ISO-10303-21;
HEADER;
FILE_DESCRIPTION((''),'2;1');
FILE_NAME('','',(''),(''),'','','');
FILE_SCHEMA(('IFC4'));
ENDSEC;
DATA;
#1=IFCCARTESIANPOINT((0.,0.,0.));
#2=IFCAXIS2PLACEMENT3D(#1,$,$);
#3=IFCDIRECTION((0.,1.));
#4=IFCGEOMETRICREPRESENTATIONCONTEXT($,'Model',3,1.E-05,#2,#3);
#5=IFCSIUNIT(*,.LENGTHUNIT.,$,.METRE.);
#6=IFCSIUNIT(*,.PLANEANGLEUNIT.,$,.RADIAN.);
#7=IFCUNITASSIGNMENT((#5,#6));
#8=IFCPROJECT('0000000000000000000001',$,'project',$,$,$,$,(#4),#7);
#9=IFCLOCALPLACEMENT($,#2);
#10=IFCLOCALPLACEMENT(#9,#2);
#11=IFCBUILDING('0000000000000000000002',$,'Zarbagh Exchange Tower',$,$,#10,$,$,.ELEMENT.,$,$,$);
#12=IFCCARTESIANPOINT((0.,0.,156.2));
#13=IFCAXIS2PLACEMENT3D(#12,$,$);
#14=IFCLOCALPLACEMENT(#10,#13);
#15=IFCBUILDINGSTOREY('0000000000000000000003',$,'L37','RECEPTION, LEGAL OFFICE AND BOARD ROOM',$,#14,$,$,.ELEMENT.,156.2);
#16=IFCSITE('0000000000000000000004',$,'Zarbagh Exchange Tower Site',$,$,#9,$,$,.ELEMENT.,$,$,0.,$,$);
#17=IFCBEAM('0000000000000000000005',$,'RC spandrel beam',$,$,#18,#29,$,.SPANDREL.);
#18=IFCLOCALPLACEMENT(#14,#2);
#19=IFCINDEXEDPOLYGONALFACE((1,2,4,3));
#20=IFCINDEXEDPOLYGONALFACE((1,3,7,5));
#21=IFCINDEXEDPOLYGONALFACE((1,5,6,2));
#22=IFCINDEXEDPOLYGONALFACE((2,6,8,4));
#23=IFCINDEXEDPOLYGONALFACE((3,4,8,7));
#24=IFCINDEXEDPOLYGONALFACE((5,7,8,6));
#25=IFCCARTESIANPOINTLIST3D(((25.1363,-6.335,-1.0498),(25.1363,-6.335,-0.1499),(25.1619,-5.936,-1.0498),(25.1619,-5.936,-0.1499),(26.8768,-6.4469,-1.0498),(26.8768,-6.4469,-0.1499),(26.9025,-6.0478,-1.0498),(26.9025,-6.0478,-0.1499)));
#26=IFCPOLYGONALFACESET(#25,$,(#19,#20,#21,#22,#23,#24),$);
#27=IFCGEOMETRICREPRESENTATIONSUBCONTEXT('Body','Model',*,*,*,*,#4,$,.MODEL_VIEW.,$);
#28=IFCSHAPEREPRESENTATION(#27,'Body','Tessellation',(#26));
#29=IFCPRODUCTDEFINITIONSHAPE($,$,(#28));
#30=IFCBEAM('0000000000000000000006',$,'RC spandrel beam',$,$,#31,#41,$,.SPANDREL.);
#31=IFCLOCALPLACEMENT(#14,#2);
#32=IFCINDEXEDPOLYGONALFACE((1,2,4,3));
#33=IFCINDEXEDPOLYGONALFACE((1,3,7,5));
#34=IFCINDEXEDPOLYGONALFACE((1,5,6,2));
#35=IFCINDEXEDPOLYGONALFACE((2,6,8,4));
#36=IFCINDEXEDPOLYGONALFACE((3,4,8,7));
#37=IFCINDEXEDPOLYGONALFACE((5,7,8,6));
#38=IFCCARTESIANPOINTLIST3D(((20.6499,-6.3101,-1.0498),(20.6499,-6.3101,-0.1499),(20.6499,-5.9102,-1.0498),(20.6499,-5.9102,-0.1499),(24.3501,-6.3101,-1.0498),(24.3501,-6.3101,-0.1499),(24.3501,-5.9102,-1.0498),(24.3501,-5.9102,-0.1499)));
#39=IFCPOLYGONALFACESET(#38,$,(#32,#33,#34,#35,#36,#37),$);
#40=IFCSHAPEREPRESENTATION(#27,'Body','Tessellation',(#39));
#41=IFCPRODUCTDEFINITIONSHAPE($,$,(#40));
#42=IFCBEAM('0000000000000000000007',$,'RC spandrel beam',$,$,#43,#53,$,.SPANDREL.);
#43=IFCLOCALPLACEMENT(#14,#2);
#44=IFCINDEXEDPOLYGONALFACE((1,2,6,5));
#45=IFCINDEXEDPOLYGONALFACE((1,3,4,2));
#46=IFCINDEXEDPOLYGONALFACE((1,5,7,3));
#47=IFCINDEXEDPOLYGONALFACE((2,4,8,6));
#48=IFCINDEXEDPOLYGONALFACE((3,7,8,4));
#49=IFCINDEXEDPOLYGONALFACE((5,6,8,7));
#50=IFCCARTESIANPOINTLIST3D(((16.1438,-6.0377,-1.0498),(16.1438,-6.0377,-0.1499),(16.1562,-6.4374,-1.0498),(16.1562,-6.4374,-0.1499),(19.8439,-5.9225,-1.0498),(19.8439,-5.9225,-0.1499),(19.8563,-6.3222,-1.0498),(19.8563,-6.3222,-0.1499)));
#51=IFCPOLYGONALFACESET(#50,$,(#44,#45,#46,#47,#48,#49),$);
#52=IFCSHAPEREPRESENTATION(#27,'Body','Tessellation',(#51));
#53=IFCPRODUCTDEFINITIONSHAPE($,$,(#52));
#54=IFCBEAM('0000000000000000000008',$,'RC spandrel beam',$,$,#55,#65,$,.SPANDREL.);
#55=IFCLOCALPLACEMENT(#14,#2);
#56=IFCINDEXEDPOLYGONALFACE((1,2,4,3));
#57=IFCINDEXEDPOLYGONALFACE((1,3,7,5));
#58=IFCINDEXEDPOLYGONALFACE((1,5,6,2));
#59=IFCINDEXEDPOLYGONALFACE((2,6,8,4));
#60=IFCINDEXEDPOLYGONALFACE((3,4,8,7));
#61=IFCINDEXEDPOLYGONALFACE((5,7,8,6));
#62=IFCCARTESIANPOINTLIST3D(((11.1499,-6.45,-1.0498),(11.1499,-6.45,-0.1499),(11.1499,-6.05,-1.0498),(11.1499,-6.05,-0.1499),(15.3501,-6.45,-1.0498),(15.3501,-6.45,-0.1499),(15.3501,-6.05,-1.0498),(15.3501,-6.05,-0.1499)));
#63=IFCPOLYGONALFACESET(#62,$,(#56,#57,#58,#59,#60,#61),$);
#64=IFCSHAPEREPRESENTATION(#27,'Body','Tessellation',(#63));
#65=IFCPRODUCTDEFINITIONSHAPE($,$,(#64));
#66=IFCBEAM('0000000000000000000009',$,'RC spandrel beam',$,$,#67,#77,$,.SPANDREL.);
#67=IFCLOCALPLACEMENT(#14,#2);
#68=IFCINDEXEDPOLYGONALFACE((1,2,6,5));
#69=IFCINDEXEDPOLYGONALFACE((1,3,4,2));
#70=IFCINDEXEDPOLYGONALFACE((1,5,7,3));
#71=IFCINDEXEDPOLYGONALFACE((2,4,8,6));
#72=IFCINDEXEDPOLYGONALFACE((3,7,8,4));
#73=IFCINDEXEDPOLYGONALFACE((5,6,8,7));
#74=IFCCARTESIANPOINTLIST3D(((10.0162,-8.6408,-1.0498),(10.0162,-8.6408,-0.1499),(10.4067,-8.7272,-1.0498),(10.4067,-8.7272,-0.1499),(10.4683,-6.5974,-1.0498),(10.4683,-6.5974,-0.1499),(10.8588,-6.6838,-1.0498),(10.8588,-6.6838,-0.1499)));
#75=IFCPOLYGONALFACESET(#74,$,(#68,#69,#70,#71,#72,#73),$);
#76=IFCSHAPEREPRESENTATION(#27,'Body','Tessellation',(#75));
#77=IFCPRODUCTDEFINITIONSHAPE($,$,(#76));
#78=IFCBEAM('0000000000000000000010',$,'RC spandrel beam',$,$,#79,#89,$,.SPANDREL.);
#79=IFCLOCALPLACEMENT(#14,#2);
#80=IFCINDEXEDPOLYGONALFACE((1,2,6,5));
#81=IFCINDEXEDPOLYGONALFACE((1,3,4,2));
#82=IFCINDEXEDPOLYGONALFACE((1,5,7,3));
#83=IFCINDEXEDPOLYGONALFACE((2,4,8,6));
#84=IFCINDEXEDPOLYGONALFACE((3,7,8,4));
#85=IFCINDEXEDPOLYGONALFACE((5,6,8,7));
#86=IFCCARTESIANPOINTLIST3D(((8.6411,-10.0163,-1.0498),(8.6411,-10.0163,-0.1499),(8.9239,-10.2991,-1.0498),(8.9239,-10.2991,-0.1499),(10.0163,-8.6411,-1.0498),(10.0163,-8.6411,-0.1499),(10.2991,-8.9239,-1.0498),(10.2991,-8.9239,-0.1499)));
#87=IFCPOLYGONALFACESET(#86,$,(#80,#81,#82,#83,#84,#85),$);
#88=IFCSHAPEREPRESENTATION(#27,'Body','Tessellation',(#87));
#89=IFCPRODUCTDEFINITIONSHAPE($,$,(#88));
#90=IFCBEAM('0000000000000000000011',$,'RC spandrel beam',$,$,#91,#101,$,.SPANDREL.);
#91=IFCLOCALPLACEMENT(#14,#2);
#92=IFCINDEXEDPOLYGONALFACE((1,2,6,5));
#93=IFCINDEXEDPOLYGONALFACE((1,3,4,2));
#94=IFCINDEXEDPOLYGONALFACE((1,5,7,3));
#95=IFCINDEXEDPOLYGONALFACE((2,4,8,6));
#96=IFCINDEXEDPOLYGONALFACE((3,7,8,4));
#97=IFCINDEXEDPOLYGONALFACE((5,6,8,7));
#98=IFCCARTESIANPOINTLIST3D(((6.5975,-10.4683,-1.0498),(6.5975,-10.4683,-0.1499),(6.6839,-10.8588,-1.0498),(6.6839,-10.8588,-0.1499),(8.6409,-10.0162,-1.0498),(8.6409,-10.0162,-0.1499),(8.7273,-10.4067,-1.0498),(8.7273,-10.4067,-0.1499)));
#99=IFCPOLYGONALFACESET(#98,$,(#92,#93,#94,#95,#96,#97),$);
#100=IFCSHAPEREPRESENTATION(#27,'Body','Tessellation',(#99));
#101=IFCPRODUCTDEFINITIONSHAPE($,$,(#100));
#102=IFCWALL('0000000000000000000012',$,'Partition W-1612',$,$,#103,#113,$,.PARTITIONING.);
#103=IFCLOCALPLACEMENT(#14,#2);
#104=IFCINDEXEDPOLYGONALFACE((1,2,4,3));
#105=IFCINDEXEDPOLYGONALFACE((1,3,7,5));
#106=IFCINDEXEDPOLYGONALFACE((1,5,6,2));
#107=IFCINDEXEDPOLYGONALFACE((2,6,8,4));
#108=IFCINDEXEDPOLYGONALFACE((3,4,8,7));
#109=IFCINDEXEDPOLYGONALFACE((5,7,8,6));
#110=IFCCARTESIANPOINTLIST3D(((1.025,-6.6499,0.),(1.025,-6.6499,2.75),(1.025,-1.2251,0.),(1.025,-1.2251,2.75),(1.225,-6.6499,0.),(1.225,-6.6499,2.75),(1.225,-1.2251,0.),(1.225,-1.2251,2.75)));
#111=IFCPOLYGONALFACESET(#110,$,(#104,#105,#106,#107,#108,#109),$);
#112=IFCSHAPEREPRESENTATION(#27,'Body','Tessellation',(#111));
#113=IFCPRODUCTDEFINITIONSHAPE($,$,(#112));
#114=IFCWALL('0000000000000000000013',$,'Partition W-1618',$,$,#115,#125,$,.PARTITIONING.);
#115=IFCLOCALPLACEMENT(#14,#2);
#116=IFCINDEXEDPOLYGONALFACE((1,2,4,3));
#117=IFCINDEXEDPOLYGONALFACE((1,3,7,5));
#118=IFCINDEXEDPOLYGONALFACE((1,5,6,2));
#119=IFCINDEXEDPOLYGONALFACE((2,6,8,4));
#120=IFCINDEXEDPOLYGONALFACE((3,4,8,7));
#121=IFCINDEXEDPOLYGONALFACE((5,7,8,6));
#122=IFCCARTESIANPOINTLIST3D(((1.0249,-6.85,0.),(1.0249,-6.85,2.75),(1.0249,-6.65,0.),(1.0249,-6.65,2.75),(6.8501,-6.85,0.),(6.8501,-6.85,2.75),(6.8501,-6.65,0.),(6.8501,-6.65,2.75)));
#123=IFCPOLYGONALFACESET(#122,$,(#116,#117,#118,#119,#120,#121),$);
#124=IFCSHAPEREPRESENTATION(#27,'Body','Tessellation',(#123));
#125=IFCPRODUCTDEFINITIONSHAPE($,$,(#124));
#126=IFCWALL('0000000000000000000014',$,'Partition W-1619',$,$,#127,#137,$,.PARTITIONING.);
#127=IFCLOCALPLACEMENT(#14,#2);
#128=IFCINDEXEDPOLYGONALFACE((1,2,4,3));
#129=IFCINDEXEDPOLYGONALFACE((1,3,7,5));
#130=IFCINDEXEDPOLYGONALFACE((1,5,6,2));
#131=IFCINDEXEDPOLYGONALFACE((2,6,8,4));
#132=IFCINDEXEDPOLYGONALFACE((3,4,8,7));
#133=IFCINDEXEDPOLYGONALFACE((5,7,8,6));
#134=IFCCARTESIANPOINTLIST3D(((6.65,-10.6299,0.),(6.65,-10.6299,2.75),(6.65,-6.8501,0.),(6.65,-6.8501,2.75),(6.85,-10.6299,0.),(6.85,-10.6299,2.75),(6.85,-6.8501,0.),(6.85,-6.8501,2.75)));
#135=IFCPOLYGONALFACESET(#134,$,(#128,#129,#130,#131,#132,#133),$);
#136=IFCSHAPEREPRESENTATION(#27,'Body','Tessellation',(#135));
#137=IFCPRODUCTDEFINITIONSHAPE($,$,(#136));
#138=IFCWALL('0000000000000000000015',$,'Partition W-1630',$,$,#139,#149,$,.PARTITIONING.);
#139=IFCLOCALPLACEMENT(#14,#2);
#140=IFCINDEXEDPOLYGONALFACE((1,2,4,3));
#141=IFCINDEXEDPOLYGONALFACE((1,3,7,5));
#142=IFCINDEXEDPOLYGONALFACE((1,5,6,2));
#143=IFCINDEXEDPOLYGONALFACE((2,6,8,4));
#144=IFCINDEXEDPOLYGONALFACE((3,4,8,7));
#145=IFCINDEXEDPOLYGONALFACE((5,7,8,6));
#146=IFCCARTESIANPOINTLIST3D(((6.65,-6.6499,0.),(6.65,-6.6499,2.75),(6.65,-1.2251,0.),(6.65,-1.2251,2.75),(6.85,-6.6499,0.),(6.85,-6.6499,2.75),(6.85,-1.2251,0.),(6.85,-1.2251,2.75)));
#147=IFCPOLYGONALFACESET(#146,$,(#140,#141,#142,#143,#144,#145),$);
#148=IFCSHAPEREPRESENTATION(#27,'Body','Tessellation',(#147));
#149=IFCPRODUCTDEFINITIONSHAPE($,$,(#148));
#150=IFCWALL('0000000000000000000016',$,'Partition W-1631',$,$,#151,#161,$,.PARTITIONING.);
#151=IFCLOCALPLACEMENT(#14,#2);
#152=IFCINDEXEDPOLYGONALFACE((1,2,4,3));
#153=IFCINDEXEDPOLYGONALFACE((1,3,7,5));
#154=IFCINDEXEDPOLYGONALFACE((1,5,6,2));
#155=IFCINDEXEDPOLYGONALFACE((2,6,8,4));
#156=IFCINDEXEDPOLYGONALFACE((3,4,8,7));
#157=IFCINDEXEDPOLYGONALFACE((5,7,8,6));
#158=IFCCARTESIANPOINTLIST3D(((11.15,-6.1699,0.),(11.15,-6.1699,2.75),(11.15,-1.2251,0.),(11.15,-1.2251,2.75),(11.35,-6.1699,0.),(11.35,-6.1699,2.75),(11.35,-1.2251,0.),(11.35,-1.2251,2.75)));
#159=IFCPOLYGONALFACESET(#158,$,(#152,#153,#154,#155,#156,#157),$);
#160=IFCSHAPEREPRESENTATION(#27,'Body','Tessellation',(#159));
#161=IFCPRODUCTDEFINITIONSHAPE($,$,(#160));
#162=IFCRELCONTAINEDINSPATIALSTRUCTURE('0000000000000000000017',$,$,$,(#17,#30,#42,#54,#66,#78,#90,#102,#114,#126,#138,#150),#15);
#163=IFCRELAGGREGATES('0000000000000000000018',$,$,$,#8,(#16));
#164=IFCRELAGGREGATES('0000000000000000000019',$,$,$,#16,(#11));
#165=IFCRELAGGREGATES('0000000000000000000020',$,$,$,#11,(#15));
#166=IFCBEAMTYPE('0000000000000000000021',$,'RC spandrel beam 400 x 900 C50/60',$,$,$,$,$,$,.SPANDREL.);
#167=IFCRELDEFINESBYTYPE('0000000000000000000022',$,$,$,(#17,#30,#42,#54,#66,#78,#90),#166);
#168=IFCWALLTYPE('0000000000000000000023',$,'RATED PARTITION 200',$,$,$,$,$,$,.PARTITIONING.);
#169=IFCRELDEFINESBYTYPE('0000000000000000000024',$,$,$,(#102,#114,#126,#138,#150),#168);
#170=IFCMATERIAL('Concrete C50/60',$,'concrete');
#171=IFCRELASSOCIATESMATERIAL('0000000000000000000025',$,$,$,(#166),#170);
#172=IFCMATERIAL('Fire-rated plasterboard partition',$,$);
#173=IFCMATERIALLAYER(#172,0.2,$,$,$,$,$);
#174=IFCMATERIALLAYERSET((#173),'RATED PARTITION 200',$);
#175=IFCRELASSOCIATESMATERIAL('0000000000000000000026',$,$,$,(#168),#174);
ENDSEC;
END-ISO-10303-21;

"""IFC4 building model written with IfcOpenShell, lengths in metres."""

from ifc_helpers import new_model, si_unit, direction, frame, frame_2d, origin, origin_2d, place, context, subcontext, project, spatial, rectangle, extrude, material, layer, layer_set, material_profile, profile_set, type_object, element, save


model = new_model("IFC4")

# Units and contexts
model_context = context("Model", 3, precision=1e-05, world=origin(), true_north=direction((0.0, 1.0)))
body_context = subcontext(model_context, "Body", "Model", "MODEL_VIEW")
ifc_project = project(units=[si_unit("LENGTHUNIT", "METRE"), si_unit("PLANEANGLEUNIT", "RADIAN")], contexts=[model_context])

# Site, building, storey
site_placement = place(None, origin())
site = spatial("IfcSite", under=ifc_project, at=site_placement, Name="Zarbagh Exchange Tower Site", CompositionType="ELEMENT", RefElevation=0.0)
building_placement = place(site_placement, origin())
building = spatial("IfcBuilding", under=site, at=building_placement, Name="Zarbagh Exchange Tower", CompositionType="ELEMENT")
storey_placement = place(building_placement, frame((0.0, 0.0, 156.2)))
storey = spatial("IfcBuildingStorey", under=building, at=storey_placement, Name="L37", Description="RECEPTION, LEGAL OFFICE AND BOARD ROOM", CompositionType="ELEMENT", Elevation=156.2)

# Shared definitions
ifc_material_1 = material(Name="Concrete C50/60", Category="concrete")

# Beams
ifc_material_profile_1 = material_profile(ifc_material_1, rectangle(XDim=0.3999, YDim=0.8999, at=origin_2d()), Name="RC spandrel beam 400 x 900 C50/60")
ifc_profile_set_1 = profile_set([ifc_material_profile_1], Name="Concrete C50/60")
beam_type_1 = type_object("IfcBeamType", Name="RC spandrel beam 400 x 900 C50/60", PredefinedType="SPANDREL", material=ifc_profile_set_1)
beam_1_placement = place(storey_placement, frame((26.8896, -6.2473, -0.5999), z_axis=(-0.997943, 0.064112, 0.0), x_axis=(-0.064112, -0.997943, 0.0)))
element("IfcBeam", 1, at=beam_1_placement, inside=storey, type_object=beam_type_1, Name="RC spandrel beam", PredefinedType="SPANDREL", context=body_context, shape_type="SweptSolid", body=[
    extrude(rectangle(XDim=0.3999, YDim=0.8999, at=origin_2d()), origin(), (0.0, 0.0, 1.0), 1.7441),
])
beam_2_placement = place(storey_placement, frame((24.3501, -6.1101, -0.5999), z_axis=(-1.0, 0.0, 0.0), x_axis=(0.0, -1.0, 0.0)))
element("IfcBeam", 2, at=beam_2_placement, inside=storey, type_object=beam_type_1, Name="RC spandrel beam", PredefinedType="SPANDREL", context=body_context, shape_type="SweptSolid", body=[
    extrude(rectangle(XDim=0.3999, YDim=0.8999, at=origin_2d()), origin(), (0.0, 0.0, 1.0), 3.7002),
])
beam_3_placement = place(storey_placement, frame((19.8501, -6.1223, -0.5999), z_axis=(-0.999515, -0.031128, 0.0), x_axis=(0.031128, -0.999515, 0.0)))
element("IfcBeam", 3, at=beam_3_placement, inside=storey, type_object=beam_type_1, Name="RC spandrel beam", PredefinedType="SPANDREL", context=body_context, shape_type="SweptSolid", body=[
    extrude(rectangle(XDim=0.3999, YDim=0.8999, at=origin_2d()), origin(), (0.0, 0.0, 1.0), 3.7019),
])
beam_4_placement = place(storey_placement, frame((15.3501, -6.25, -0.5999), z_axis=(-1.0, 0.0, 0.0), x_axis=(0.0, -1.0, 0.0)))
element("IfcBeam", 4, at=beam_4_placement, inside=storey, type_object=beam_type_1, Name="RC spandrel beam", PredefinedType="SPANDREL", context=body_context, shape_type="SweptSolid", body=[
    extrude(rectangle(XDim=0.3999, YDim=0.8999, at=origin_2d()), origin(), (0.0, 0.0, 1.0), 4.2002),
])
beam_5_placement = place(storey_placement, frame((10.6636, -6.6406, -0.5999), z_axis=(-0.216041, -0.976384, 0.0), x_axis=(0.976384, -0.216041, 0.0)))
element("IfcBeam", 5, at=beam_5_placement, inside=storey, type_object=beam_type_1, Name="RC spandrel beam", PredefinedType="SPANDREL", context=body_context, shape_type="SweptSolid", body=[
    extrude(rectangle(XDim=0.3999, YDim=0.8999, at=origin_2d()), origin(), (0.0, 0.0, 1.0), 2.0928),
])
beam_6_placement = place(storey_placement, frame((10.1577, -8.7825, -0.5999), z_axis=(-0.707107, -0.707107, 0.0), x_axis=(0.707107, -0.707107, 0.0)))
element("IfcBeam", 6, at=beam_6_placement, inside=storey, type_object=beam_type_1, Name="RC spandrel beam", PredefinedType="SPANDREL", context=body_context, shape_type="SweptSolid", body=[
    extrude(rectangle(XDim=0.3999, YDim=0.8999, at=origin_2d()), origin(), (0.0, 0.0, 1.0), 1.9448),
])
beam_7_placement = place(storey_placement, frame((8.6841, -10.2114, -0.5999), z_axis=(-0.976384, -0.216041, 0.0), x_axis=(0.216041, -0.976384, 0.0)))
element("IfcBeam", 7, at=beam_7_placement, inside=storey, type_object=beam_type_1, Name="RC spandrel beam", PredefinedType="SPANDREL", context=body_context, shape_type="SweptSolid", body=[
    extrude(rectangle(XDim=0.3999, YDim=0.8999, at=origin_2d()), origin(), (0.0, 0.0, 1.0), 2.0928),
])

# Walls
ifc_material_2 = material(Name="Fire-rated plasterboard partition")
ifc_layer = layer(ifc_material_2, 0.2)
ifc_layer_set = layer_set([ifc_layer], Name="RATED PARTITION 200")
wall_type = type_object("IfcWallType", Name="RATED PARTITION 200", PredefinedType="PARTITIONING", material=ifc_layer_set)
wall_1_placement = place(storey_placement, frame((1.125, -6.6499, 0.0), z_axis=(0.0, 0.0, 1.0), x_axis=(0.0, 1.0, 0.0)))
element("IfcWall", 8, at=wall_1_placement, inside=storey, type_object=wall_type, Name="Partition W-1612", PredefinedType="PARTITIONING", context=body_context, shape_type="SweptSolid", body=[
    extrude(rectangle(XDim=5.4248, YDim=0.2, at=frame_2d((2.7124, 0.0))), origin(), (0.0, 0.0, 1.0), 2.75),
])
wall_2_placement = place(storey_placement, frame((1.0249, -6.75, 0.0), z_axis=(0.0, 0.0, 1.0), x_axis=(1.0, 0.0, 0.0)))
element("IfcWall", 9, at=wall_2_placement, inside=storey, type_object=wall_type, Name="Partition W-1618", PredefinedType="PARTITIONING", context=body_context, shape_type="SweptSolid", body=[
    extrude(rectangle(XDim=5.8252, YDim=0.2, at=frame_2d((2.9126, 0.0))), origin(), (0.0, 0.0, 1.0), 2.75),
])
wall_3_placement = place(storey_placement, frame((6.75, -10.6299, 0.0), z_axis=(0.0, 0.0, 1.0), x_axis=(0.0, 1.0, 0.0)))
element("IfcWall", 10, at=wall_3_placement, inside=storey, type_object=wall_type, Name="Partition W-1619", PredefinedType="PARTITIONING", context=body_context, shape_type="SweptSolid", body=[
    extrude(rectangle(XDim=3.7798, YDim=0.2, at=frame_2d((1.8899, 0.0))), origin(), (0.0, 0.0, 1.0), 2.75),
])
wall_4_placement = place(storey_placement, frame((6.75, -6.6499, 0.0), z_axis=(0.0, 0.0, 1.0), x_axis=(0.0, 1.0, 0.0)))
element("IfcWall", 11, at=wall_4_placement, inside=storey, type_object=wall_type, Name="Partition W-1630", PredefinedType="PARTITIONING", context=body_context, shape_type="SweptSolid", body=[
    extrude(rectangle(XDim=5.4248, YDim=0.2, at=frame_2d((2.7124, 0.0))), origin(), (0.0, 0.0, 1.0), 2.75),
])
wall_5_placement = place(storey_placement, frame((11.25, -6.1699, 0.0), z_axis=(0.0, 0.0, 1.0), x_axis=(0.0, 1.0, 0.0)))
element("IfcWall", 12, at=wall_5_placement, inside=storey, type_object=wall_type, Name="Partition W-1631", PredefinedType="PARTITIONING", context=body_context, shape_type="SweptSolid", body=[
    extrude(rectangle(XDim=4.9448, YDim=0.2, at=frame_2d((2.4724, 0.0))), origin(), (0.0, 0.0, 1.0), 2.75),
])

save(model, "model.ifc")
